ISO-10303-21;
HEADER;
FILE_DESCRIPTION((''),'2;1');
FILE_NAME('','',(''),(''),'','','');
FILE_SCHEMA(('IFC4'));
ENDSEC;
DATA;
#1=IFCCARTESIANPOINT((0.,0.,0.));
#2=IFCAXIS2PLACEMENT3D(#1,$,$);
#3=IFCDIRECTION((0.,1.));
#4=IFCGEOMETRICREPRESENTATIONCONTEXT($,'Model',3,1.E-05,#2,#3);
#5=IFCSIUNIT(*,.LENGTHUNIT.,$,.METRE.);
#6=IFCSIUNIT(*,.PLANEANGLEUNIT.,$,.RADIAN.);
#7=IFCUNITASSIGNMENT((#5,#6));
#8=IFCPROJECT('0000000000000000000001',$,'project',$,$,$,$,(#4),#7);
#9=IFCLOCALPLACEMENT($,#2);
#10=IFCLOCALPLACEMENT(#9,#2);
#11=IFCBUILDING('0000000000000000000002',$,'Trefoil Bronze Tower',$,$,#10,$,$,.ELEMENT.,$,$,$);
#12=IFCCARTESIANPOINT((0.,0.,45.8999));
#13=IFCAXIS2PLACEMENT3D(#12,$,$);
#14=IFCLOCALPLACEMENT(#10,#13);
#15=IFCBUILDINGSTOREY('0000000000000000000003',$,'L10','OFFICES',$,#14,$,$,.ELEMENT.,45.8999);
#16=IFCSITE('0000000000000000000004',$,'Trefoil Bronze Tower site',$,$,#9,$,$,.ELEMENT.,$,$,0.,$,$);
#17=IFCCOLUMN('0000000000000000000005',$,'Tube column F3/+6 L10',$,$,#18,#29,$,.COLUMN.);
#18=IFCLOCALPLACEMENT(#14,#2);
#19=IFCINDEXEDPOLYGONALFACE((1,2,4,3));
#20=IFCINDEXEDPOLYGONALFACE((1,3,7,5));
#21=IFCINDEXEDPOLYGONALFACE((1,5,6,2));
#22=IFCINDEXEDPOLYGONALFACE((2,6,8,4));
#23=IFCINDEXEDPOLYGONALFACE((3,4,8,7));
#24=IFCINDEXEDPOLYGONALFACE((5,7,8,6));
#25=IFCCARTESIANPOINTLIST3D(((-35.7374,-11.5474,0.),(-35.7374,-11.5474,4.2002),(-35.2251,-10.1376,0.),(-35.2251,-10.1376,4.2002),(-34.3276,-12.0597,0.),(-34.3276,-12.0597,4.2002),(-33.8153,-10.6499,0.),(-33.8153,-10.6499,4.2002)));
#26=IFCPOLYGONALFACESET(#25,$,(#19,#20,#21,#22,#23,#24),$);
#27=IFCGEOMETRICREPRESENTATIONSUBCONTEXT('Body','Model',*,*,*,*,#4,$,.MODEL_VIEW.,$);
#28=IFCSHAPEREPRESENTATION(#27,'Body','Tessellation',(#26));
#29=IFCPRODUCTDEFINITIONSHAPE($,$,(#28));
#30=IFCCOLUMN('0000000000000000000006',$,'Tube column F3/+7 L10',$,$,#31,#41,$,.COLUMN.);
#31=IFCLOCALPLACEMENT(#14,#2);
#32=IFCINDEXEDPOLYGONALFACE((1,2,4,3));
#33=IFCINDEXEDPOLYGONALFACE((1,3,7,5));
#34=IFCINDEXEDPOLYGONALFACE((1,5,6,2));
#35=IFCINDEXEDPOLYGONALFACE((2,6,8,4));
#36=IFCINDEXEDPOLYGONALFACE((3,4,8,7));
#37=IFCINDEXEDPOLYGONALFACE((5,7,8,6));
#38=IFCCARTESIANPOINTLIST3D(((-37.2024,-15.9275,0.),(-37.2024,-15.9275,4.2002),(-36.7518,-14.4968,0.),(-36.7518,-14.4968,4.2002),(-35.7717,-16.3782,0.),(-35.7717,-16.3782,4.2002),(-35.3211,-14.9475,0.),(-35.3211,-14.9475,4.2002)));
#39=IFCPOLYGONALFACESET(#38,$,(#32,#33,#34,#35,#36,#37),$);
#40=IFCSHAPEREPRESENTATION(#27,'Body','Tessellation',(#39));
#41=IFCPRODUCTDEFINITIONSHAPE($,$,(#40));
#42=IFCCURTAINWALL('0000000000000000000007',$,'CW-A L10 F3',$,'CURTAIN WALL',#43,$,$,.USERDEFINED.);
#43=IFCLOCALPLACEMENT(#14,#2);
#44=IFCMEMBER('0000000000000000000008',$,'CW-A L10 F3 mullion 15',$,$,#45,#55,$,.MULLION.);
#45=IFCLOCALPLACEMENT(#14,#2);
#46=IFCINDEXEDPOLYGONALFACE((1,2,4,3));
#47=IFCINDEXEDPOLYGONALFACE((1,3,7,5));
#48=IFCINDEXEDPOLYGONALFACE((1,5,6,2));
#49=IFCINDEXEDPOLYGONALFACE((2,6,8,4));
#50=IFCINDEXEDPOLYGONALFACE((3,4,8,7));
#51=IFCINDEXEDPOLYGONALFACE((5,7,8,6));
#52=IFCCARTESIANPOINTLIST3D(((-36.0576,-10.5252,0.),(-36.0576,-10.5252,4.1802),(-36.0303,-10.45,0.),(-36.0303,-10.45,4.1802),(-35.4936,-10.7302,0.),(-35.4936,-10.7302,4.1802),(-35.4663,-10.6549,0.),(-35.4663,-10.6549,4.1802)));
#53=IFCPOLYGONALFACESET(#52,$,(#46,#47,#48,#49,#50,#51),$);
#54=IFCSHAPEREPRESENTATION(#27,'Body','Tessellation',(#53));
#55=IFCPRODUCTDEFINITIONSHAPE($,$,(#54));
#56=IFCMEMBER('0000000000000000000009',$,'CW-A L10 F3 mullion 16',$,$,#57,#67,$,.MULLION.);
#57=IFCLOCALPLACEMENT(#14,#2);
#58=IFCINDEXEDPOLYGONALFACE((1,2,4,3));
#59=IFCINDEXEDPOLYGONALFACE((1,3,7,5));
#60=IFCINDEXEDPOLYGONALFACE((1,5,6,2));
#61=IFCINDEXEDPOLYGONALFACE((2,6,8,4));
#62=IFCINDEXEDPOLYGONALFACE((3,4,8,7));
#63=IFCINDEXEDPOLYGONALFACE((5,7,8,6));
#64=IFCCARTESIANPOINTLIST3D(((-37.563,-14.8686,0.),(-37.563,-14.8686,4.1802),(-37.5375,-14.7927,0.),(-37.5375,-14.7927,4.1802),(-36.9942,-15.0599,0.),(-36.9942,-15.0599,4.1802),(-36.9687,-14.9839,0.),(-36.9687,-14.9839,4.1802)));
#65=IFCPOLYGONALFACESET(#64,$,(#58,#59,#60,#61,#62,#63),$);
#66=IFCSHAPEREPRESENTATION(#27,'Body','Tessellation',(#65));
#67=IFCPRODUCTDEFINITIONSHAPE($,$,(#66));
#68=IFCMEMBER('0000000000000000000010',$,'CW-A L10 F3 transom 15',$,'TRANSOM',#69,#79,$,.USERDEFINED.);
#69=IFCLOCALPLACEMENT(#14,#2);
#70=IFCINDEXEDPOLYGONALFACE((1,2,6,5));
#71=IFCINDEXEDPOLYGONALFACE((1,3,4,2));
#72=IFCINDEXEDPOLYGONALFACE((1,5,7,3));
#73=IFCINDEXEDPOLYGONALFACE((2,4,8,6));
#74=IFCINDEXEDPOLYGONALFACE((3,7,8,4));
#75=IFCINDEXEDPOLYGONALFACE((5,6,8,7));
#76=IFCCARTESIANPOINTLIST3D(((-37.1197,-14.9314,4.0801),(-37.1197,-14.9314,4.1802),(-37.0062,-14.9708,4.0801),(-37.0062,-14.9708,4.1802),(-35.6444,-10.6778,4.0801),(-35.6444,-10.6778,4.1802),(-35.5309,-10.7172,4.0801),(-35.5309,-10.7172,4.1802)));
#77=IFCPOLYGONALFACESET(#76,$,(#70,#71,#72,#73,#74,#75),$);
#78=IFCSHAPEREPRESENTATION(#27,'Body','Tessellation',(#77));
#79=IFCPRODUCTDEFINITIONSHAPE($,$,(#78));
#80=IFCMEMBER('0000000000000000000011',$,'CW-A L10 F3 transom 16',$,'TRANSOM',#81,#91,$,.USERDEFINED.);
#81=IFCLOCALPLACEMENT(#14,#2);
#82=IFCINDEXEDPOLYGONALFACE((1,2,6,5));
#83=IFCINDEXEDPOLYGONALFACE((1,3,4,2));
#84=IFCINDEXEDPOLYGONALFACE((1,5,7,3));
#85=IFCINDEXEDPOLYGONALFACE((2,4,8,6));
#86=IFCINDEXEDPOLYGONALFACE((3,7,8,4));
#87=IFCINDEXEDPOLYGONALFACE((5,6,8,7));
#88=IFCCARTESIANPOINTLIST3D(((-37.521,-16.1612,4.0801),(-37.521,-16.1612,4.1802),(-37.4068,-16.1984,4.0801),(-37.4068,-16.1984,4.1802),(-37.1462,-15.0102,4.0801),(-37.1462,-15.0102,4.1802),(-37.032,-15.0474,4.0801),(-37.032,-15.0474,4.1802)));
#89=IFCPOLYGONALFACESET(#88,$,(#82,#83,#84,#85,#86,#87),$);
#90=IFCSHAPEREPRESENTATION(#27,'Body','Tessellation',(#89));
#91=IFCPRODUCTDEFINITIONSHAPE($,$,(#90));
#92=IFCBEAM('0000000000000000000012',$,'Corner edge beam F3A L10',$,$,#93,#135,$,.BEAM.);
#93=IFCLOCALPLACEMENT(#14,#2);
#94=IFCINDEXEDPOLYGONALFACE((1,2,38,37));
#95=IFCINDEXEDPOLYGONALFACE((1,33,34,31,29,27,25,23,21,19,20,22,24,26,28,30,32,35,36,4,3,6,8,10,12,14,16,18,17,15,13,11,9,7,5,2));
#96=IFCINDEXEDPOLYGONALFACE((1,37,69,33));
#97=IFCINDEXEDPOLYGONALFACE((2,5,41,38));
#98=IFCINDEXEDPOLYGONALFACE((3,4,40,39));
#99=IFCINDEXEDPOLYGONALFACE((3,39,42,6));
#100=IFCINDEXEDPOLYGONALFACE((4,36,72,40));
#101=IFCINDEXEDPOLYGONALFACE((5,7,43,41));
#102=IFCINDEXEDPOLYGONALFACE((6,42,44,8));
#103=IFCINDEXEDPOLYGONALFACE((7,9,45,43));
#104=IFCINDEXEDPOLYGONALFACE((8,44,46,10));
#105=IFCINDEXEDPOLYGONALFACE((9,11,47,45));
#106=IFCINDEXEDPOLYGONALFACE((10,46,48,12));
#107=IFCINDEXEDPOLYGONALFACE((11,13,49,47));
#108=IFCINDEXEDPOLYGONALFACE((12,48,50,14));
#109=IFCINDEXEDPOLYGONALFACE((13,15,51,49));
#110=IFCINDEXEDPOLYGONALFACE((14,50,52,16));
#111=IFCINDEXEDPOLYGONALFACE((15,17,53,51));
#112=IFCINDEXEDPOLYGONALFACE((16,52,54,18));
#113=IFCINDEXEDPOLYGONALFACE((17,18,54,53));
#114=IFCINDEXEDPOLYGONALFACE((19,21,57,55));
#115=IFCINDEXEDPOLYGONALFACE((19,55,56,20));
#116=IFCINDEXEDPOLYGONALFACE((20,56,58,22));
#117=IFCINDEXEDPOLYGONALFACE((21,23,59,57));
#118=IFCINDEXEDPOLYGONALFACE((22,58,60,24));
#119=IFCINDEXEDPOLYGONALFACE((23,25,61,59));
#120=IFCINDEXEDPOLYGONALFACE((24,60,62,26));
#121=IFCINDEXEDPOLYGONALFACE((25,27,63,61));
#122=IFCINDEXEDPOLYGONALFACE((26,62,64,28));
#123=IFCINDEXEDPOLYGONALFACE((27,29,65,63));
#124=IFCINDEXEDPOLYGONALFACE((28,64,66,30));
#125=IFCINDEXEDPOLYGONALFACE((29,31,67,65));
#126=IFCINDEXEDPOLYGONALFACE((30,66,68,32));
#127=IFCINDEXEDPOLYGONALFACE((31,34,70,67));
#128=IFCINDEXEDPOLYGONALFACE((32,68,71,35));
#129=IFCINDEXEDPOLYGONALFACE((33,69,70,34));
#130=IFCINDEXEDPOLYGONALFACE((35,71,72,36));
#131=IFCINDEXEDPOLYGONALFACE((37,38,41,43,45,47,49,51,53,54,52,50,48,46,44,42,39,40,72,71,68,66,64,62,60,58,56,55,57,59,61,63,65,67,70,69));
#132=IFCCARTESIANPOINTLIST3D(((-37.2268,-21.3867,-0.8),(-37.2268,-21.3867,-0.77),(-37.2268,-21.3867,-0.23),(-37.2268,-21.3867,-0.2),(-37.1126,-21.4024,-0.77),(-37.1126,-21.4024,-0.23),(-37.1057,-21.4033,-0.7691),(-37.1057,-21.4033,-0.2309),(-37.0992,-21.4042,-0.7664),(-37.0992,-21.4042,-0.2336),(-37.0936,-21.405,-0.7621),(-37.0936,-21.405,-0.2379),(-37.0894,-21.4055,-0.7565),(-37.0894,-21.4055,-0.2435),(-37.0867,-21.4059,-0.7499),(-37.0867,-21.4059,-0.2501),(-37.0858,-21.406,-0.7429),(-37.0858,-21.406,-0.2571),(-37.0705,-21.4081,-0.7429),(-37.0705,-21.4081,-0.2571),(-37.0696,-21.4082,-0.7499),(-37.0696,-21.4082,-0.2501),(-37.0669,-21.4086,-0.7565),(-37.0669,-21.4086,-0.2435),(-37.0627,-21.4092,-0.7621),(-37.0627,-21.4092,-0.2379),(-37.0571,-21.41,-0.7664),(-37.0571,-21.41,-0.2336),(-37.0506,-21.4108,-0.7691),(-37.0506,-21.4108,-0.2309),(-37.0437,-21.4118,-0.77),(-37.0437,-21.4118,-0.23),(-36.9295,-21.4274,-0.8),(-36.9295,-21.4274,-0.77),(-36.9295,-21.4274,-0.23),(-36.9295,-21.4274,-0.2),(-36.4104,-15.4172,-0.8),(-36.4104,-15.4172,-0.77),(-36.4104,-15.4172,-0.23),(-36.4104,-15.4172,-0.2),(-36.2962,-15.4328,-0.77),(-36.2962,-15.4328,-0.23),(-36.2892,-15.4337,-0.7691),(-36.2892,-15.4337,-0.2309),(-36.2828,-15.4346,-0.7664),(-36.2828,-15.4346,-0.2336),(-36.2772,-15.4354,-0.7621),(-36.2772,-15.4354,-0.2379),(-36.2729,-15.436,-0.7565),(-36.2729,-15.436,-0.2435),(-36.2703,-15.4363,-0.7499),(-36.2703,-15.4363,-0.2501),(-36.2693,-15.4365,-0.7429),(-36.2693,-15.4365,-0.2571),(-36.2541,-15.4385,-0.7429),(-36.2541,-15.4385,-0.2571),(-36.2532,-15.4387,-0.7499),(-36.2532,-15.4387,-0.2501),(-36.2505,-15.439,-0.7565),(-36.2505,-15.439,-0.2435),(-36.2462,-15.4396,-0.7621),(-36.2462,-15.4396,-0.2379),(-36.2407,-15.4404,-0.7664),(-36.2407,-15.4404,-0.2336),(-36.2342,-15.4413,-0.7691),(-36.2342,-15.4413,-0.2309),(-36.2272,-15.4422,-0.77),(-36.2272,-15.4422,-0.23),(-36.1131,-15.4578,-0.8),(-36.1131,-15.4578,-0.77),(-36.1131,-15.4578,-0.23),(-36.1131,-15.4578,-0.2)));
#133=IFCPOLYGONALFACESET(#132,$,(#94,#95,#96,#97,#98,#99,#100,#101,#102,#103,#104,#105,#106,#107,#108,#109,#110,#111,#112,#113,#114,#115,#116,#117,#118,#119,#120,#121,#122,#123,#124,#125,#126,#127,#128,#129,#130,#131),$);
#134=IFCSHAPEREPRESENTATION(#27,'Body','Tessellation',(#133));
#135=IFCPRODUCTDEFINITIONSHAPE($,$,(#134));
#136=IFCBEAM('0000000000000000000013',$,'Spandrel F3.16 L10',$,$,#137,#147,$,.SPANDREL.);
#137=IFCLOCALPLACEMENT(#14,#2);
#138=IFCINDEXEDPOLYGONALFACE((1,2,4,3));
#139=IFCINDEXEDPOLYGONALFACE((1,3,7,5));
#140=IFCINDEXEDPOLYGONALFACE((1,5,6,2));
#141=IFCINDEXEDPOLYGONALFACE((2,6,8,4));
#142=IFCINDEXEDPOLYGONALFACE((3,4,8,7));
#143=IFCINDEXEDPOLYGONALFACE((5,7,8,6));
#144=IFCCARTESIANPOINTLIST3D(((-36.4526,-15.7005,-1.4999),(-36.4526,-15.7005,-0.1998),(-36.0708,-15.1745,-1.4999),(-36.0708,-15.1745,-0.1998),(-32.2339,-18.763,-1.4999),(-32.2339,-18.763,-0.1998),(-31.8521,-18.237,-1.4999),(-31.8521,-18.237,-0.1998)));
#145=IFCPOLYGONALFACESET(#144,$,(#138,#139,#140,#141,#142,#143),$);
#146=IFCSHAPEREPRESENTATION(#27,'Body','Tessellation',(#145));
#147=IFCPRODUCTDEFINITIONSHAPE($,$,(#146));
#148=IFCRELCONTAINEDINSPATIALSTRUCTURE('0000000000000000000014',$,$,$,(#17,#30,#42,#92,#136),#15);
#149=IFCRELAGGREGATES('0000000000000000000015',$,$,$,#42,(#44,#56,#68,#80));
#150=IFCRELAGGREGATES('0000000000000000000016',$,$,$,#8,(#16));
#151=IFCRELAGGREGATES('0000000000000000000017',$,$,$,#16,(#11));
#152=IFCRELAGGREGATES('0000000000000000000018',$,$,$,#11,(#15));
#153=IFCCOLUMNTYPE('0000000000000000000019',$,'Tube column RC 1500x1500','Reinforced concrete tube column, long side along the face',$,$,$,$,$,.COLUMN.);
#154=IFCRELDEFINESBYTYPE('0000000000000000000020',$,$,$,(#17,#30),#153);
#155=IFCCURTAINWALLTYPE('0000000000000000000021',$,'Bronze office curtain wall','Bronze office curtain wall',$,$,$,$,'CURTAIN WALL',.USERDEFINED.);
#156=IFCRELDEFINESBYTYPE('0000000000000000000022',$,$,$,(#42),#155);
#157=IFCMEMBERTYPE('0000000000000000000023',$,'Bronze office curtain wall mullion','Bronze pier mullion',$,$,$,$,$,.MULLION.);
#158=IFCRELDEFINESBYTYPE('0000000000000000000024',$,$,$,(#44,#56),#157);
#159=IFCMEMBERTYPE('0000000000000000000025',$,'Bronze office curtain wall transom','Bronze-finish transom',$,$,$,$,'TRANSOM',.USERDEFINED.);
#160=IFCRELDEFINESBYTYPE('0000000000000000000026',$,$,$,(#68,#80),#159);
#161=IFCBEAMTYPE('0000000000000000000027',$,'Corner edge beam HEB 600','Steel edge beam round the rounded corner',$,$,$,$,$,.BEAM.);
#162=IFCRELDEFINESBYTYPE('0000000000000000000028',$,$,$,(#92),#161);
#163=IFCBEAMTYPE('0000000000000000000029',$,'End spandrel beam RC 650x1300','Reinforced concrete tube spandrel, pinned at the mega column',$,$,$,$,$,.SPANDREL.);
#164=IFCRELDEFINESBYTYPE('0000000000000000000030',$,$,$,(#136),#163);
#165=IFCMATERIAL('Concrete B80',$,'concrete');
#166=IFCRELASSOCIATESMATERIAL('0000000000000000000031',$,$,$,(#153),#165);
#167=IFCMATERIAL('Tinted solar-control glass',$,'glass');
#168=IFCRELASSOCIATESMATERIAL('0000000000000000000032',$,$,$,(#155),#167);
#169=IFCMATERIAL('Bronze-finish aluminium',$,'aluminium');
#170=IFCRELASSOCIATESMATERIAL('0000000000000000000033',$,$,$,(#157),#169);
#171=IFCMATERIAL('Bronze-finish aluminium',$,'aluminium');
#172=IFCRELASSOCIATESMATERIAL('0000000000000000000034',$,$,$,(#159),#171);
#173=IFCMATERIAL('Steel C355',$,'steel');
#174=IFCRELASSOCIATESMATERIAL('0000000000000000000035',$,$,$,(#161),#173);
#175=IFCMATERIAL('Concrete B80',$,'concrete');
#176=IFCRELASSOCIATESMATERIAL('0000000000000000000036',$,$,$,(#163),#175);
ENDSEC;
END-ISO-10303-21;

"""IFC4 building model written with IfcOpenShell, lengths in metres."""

from ifc_helpers import new_model, si_unit, direction, frame, origin, origin_2d, place, context, subcontext, project, spatial, rectangle, i_section, extrude, material, material_profile, profile_set, type_object, element, aggregate, save


model = new_model("IFC4")

# Units and contexts
model_context = context("Model", 3, precision=1e-05, world=origin(), true_north=direction((0.0, 1.0)))
body_context = subcontext(model_context, "Body", "Model", "MODEL_VIEW")
ifc_project = project(units=[si_unit("LENGTHUNIT", "METRE"), si_unit("PLANEANGLEUNIT", "RADIAN")], contexts=[model_context])

# Site, building, storey
site_placement = place(None, origin())
site = spatial("IfcSite", under=ifc_project, at=site_placement, Name="Trefoil Bronze Tower site", CompositionType="ELEMENT", RefElevation=0.0)
building_placement = place(site_placement, origin())
building = spatial("IfcBuilding", under=site, at=building_placement, Name="Trefoil Bronze Tower", CompositionType="ELEMENT")
storey_placement = place(building_placement, frame((0.0, 0.0, 45.8999)))
storey = spatial("IfcBuildingStorey", under=building, at=storey_placement, Name="L10", Description="OFFICES", CompositionType="ELEMENT", Elevation=45.8999)

# Columns
ifc_material_1 = material(Name="Concrete B80", Category="concrete")
ifc_material_profile_1 = material_profile(ifc_material_1, rectangle(XDim=1.5, YDim=1.5, at=origin_2d()), Name="RC 1500x1500")
ifc_profile_set_1 = profile_set([ifc_material_profile_1], Name="Concrete B80")
column_type = type_object("IfcColumnType", Name="Tube column RC 1500x1500", Description="Reinforced concrete tube column, long side along the face", PredefinedType="COLUMN", material=ifc_profile_set_1)
for number, where, z_axis, x_axis, name in (
    (1, (-34.7764, -11.0986, 0.0), (0.0, 0.0, 1.0), (-0.341559, -0.93986, 0.0), "Tube column F3/+6 L10"),
    (2, (-36.2617, -15.4375, 0.0), (0.0, 0.0, 1.0), (-0.300414, -0.953809, 0.0), "Tube column F3/+7 L10"),
):
    element("IfcColumn", number, at=place(storey_placement, frame(where, z_axis=z_axis, x_axis=x_axis)), inside=storey, type_object=column_type, Name=name, PredefinedType="COLUMN", context=body_context, shape_type="SweptSolid", body=[
        extrude(rectangle(XDim=1.5, YDim=1.5, at=origin_2d()), origin(), (0.0, 0.0, 1.0), 4.2002),
    ])

# Curtain wall, members
ifc_material_2 = material(Name="Tinted solar-control glass", Category="glass")
curtain_wall_type = type_object("IfcCurtainWallType", Name="Bronze office curtain wall", Description="Bronze office curtain wall", ElementType="CURTAIN WALL", PredefinedType="USERDEFINED", material=ifc_material_2)
curtain_wall_placement = place(storey_placement, origin())
curtain_wall = element("IfcCurtainWall", 3, at=curtain_wall_placement, inside=storey, type_object=curtain_wall_type, Name="CW-A L10 F3", ObjectType="CURTAIN WALL", PredefinedType="USERDEFINED")
ifc_material_3 = material(Name="Bronze-finish aluminium", Category="aluminium")
ifc_material_profile_2 = material_profile(ifc_material_3, rectangle(XDim=0.6001, YDim=0.0801, at=origin_2d()), Name="CW-A mullion")
ifc_profile_set_2 = profile_set([ifc_material_profile_2], Name="Bronze-finish aluminium")
member_type_1 = type_object("IfcMemberType", Name="Bronze office curtain wall mullion", Description="Bronze pier mullion", PredefinedType="MULLION", material=ifc_profile_set_2)
member_1_placement = place(storey_placement, frame((-35.762, -10.5901, 0.0), z_axis=(0.0, 0.0, 1.0), x_axis=(0.93986, -0.341559, 0.0)))
member_1 = element("IfcMember", 4, at=member_1_placement, type_object=member_type_1, Name="CW-A L10 F3 mullion 15", PredefinedType="MULLION", context=body_context, shape_type="SweptSolid", body=[
    extrude(rectangle(XDim=0.6001, YDim=0.0801, at=origin_2d()), origin(), (0.0, 0.0, 1.0), 4.1802),
])
member_2_placement = place(storey_placement, frame((-37.2659, -14.9263, 0.0), z_axis=(0.0, 0.0, 1.0), x_axis=(0.947851, -0.318715, 0.0)))
member_2 = element("IfcMember", 5, at=member_2_placement, type_object=member_type_1, Name="CW-A L10 F3 mullion 16", PredefinedType="MULLION", context=body_context, shape_type="SweptSolid", body=[
    extrude(rectangle(XDim=0.6001, YDim=0.0801, at=origin_2d()), origin(), (0.0, 0.0, 1.0), 4.1802),
])
ifc_material_4 = material(Name="Bronze-finish aluminium", Category="aluminium")
ifc_material_profile_3 = material_profile(ifc_material_4, rectangle(XDim=0.1201, YDim=0.1001, at=origin_2d()), Name="CW-A transom")
ifc_profile_set_3 = profile_set([ifc_material_profile_3], Name="Bronze-finish aluminium")
member_type_2 = type_object("IfcMemberType", Name="Bronze office curtain wall transom", Description="Bronze-finish transom", ElementType="TRANSOM", PredefinedType="USERDEFINED", material=ifc_profile_set_3)
member_3_placement = place(storey_placement, frame((-35.5876, -10.6975, 4.1301), z_axis=(-0.32769, -0.944785, 0.0), x_axis=(0.944785, -0.32769, 0.0)))
member_3 = element("IfcMember", 6, at=member_3_placement, type_object=member_type_2, Name="CW-A L10 F3 transom 15", ObjectType="TRANSOM", PredefinedType="USERDEFINED", context=body_context, shape_type="SweptSolid", body=[
    extrude(rectangle(XDim=0.1201, YDim=0.1001, at=origin_2d()), origin(), (0.0, 0.0, 1.0), 4.5022),
])
member_4_placement = place(storey_placement, frame((-37.0891, -15.0288, 4.1301), z_axis=(-0.309624, -0.950859, 0.0), x_axis=(0.950859, -0.309624, 0.0)))
member_4 = element("IfcMember", 7, at=member_4_placement, type_object=member_type_2, Name="CW-A L10 F3 transom 16", ObjectType="TRANSOM", PredefinedType="USERDEFINED", context=body_context, shape_type="SweptSolid", body=[
    extrude(rectangle(XDim=0.1201, YDim=0.1001, at=origin_2d()), origin(), (0.0, 0.0, 1.0), 1.2104),
])

# Beams
ifc_material_5 = material(Name="Steel C355", Category="steel")
ifc_material_profile_4 = material_profile(ifc_material_5, i_section(OverallWidth=0.3, OverallDepth=0.6001, WebThickness=0.0154, FlangeThickness=0.03, FilletRadius=0.0271, at=origin_2d()), Name="HEB 600")
ifc_profile_set_4 = profile_set([ifc_material_profile_4], Name="Steel C355")
beam_type_1 = type_object("IfcBeamType", Name="Corner edge beam HEB 600", Description="Steel edge beam round the rounded corner", PredefinedType="BEAM", material=ifc_profile_set_4)
beam_1_placement = place(storey_placement, frame((-36.2617, -15.4375, -0.5), z_axis=(-0.135502, -0.990777, 0.0), x_axis=(0.990777, -0.135502, 0.0)))
element("IfcBeam", 8, at=beam_1_placement, inside=storey, type_object=beam_type_1, Name="Corner edge beam F3A L10", PredefinedType="BEAM", context=body_context, shape_type="SweptSolid", body=[
    extrude(i_section(OverallWidth=0.3, OverallDepth=0.6001, WebThickness=0.0154, FlangeThickness=0.03, FilletRadius=0.0271, at=origin_2d()), origin(), (0.0, 0.0, 1.0), 6.0251),
])
ifc_material_6 = material(Name="Concrete B80", Category="concrete")
ifc_material_profile_5 = material_profile(ifc_material_6, rectangle(XDim=0.6499, YDim=1.3, at=origin_2d()), Name="RC 650x1300")
ifc_profile_set_5 = profile_set([ifc_material_profile_5], Name="Concrete B80")
beam_type_2 = type_object("IfcBeamType", Name="End spandrel beam RC 650x1300", Description="Reinforced concrete tube spandrel, pinned at the mega column", PredefinedType="SPANDREL", material=ifc_profile_set_5)
beam_2_placement = place(storey_placement, frame((-36.2617, -15.4375, -0.8499), z_axis=(0.809254, -0.587459, 0.0), x_axis=(0.587459, 0.809254, 0.0)))
element("IfcBeam", 9, at=beam_2_placement, inside=storey, type_object=beam_type_2, Name="Spandrel F3.16 L10", PredefinedType="SPANDREL", context=body_context, shape_type="SweptSolid", body=[
    extrude(rectangle(XDim=0.6499, YDim=1.3, at=origin_2d()), origin(), (0.0, 0.0, 1.0), 5.2131),
])

aggregate(curtain_wall, [member_1, member_2, member_3, member_4])

save(model, "model.ifc")
